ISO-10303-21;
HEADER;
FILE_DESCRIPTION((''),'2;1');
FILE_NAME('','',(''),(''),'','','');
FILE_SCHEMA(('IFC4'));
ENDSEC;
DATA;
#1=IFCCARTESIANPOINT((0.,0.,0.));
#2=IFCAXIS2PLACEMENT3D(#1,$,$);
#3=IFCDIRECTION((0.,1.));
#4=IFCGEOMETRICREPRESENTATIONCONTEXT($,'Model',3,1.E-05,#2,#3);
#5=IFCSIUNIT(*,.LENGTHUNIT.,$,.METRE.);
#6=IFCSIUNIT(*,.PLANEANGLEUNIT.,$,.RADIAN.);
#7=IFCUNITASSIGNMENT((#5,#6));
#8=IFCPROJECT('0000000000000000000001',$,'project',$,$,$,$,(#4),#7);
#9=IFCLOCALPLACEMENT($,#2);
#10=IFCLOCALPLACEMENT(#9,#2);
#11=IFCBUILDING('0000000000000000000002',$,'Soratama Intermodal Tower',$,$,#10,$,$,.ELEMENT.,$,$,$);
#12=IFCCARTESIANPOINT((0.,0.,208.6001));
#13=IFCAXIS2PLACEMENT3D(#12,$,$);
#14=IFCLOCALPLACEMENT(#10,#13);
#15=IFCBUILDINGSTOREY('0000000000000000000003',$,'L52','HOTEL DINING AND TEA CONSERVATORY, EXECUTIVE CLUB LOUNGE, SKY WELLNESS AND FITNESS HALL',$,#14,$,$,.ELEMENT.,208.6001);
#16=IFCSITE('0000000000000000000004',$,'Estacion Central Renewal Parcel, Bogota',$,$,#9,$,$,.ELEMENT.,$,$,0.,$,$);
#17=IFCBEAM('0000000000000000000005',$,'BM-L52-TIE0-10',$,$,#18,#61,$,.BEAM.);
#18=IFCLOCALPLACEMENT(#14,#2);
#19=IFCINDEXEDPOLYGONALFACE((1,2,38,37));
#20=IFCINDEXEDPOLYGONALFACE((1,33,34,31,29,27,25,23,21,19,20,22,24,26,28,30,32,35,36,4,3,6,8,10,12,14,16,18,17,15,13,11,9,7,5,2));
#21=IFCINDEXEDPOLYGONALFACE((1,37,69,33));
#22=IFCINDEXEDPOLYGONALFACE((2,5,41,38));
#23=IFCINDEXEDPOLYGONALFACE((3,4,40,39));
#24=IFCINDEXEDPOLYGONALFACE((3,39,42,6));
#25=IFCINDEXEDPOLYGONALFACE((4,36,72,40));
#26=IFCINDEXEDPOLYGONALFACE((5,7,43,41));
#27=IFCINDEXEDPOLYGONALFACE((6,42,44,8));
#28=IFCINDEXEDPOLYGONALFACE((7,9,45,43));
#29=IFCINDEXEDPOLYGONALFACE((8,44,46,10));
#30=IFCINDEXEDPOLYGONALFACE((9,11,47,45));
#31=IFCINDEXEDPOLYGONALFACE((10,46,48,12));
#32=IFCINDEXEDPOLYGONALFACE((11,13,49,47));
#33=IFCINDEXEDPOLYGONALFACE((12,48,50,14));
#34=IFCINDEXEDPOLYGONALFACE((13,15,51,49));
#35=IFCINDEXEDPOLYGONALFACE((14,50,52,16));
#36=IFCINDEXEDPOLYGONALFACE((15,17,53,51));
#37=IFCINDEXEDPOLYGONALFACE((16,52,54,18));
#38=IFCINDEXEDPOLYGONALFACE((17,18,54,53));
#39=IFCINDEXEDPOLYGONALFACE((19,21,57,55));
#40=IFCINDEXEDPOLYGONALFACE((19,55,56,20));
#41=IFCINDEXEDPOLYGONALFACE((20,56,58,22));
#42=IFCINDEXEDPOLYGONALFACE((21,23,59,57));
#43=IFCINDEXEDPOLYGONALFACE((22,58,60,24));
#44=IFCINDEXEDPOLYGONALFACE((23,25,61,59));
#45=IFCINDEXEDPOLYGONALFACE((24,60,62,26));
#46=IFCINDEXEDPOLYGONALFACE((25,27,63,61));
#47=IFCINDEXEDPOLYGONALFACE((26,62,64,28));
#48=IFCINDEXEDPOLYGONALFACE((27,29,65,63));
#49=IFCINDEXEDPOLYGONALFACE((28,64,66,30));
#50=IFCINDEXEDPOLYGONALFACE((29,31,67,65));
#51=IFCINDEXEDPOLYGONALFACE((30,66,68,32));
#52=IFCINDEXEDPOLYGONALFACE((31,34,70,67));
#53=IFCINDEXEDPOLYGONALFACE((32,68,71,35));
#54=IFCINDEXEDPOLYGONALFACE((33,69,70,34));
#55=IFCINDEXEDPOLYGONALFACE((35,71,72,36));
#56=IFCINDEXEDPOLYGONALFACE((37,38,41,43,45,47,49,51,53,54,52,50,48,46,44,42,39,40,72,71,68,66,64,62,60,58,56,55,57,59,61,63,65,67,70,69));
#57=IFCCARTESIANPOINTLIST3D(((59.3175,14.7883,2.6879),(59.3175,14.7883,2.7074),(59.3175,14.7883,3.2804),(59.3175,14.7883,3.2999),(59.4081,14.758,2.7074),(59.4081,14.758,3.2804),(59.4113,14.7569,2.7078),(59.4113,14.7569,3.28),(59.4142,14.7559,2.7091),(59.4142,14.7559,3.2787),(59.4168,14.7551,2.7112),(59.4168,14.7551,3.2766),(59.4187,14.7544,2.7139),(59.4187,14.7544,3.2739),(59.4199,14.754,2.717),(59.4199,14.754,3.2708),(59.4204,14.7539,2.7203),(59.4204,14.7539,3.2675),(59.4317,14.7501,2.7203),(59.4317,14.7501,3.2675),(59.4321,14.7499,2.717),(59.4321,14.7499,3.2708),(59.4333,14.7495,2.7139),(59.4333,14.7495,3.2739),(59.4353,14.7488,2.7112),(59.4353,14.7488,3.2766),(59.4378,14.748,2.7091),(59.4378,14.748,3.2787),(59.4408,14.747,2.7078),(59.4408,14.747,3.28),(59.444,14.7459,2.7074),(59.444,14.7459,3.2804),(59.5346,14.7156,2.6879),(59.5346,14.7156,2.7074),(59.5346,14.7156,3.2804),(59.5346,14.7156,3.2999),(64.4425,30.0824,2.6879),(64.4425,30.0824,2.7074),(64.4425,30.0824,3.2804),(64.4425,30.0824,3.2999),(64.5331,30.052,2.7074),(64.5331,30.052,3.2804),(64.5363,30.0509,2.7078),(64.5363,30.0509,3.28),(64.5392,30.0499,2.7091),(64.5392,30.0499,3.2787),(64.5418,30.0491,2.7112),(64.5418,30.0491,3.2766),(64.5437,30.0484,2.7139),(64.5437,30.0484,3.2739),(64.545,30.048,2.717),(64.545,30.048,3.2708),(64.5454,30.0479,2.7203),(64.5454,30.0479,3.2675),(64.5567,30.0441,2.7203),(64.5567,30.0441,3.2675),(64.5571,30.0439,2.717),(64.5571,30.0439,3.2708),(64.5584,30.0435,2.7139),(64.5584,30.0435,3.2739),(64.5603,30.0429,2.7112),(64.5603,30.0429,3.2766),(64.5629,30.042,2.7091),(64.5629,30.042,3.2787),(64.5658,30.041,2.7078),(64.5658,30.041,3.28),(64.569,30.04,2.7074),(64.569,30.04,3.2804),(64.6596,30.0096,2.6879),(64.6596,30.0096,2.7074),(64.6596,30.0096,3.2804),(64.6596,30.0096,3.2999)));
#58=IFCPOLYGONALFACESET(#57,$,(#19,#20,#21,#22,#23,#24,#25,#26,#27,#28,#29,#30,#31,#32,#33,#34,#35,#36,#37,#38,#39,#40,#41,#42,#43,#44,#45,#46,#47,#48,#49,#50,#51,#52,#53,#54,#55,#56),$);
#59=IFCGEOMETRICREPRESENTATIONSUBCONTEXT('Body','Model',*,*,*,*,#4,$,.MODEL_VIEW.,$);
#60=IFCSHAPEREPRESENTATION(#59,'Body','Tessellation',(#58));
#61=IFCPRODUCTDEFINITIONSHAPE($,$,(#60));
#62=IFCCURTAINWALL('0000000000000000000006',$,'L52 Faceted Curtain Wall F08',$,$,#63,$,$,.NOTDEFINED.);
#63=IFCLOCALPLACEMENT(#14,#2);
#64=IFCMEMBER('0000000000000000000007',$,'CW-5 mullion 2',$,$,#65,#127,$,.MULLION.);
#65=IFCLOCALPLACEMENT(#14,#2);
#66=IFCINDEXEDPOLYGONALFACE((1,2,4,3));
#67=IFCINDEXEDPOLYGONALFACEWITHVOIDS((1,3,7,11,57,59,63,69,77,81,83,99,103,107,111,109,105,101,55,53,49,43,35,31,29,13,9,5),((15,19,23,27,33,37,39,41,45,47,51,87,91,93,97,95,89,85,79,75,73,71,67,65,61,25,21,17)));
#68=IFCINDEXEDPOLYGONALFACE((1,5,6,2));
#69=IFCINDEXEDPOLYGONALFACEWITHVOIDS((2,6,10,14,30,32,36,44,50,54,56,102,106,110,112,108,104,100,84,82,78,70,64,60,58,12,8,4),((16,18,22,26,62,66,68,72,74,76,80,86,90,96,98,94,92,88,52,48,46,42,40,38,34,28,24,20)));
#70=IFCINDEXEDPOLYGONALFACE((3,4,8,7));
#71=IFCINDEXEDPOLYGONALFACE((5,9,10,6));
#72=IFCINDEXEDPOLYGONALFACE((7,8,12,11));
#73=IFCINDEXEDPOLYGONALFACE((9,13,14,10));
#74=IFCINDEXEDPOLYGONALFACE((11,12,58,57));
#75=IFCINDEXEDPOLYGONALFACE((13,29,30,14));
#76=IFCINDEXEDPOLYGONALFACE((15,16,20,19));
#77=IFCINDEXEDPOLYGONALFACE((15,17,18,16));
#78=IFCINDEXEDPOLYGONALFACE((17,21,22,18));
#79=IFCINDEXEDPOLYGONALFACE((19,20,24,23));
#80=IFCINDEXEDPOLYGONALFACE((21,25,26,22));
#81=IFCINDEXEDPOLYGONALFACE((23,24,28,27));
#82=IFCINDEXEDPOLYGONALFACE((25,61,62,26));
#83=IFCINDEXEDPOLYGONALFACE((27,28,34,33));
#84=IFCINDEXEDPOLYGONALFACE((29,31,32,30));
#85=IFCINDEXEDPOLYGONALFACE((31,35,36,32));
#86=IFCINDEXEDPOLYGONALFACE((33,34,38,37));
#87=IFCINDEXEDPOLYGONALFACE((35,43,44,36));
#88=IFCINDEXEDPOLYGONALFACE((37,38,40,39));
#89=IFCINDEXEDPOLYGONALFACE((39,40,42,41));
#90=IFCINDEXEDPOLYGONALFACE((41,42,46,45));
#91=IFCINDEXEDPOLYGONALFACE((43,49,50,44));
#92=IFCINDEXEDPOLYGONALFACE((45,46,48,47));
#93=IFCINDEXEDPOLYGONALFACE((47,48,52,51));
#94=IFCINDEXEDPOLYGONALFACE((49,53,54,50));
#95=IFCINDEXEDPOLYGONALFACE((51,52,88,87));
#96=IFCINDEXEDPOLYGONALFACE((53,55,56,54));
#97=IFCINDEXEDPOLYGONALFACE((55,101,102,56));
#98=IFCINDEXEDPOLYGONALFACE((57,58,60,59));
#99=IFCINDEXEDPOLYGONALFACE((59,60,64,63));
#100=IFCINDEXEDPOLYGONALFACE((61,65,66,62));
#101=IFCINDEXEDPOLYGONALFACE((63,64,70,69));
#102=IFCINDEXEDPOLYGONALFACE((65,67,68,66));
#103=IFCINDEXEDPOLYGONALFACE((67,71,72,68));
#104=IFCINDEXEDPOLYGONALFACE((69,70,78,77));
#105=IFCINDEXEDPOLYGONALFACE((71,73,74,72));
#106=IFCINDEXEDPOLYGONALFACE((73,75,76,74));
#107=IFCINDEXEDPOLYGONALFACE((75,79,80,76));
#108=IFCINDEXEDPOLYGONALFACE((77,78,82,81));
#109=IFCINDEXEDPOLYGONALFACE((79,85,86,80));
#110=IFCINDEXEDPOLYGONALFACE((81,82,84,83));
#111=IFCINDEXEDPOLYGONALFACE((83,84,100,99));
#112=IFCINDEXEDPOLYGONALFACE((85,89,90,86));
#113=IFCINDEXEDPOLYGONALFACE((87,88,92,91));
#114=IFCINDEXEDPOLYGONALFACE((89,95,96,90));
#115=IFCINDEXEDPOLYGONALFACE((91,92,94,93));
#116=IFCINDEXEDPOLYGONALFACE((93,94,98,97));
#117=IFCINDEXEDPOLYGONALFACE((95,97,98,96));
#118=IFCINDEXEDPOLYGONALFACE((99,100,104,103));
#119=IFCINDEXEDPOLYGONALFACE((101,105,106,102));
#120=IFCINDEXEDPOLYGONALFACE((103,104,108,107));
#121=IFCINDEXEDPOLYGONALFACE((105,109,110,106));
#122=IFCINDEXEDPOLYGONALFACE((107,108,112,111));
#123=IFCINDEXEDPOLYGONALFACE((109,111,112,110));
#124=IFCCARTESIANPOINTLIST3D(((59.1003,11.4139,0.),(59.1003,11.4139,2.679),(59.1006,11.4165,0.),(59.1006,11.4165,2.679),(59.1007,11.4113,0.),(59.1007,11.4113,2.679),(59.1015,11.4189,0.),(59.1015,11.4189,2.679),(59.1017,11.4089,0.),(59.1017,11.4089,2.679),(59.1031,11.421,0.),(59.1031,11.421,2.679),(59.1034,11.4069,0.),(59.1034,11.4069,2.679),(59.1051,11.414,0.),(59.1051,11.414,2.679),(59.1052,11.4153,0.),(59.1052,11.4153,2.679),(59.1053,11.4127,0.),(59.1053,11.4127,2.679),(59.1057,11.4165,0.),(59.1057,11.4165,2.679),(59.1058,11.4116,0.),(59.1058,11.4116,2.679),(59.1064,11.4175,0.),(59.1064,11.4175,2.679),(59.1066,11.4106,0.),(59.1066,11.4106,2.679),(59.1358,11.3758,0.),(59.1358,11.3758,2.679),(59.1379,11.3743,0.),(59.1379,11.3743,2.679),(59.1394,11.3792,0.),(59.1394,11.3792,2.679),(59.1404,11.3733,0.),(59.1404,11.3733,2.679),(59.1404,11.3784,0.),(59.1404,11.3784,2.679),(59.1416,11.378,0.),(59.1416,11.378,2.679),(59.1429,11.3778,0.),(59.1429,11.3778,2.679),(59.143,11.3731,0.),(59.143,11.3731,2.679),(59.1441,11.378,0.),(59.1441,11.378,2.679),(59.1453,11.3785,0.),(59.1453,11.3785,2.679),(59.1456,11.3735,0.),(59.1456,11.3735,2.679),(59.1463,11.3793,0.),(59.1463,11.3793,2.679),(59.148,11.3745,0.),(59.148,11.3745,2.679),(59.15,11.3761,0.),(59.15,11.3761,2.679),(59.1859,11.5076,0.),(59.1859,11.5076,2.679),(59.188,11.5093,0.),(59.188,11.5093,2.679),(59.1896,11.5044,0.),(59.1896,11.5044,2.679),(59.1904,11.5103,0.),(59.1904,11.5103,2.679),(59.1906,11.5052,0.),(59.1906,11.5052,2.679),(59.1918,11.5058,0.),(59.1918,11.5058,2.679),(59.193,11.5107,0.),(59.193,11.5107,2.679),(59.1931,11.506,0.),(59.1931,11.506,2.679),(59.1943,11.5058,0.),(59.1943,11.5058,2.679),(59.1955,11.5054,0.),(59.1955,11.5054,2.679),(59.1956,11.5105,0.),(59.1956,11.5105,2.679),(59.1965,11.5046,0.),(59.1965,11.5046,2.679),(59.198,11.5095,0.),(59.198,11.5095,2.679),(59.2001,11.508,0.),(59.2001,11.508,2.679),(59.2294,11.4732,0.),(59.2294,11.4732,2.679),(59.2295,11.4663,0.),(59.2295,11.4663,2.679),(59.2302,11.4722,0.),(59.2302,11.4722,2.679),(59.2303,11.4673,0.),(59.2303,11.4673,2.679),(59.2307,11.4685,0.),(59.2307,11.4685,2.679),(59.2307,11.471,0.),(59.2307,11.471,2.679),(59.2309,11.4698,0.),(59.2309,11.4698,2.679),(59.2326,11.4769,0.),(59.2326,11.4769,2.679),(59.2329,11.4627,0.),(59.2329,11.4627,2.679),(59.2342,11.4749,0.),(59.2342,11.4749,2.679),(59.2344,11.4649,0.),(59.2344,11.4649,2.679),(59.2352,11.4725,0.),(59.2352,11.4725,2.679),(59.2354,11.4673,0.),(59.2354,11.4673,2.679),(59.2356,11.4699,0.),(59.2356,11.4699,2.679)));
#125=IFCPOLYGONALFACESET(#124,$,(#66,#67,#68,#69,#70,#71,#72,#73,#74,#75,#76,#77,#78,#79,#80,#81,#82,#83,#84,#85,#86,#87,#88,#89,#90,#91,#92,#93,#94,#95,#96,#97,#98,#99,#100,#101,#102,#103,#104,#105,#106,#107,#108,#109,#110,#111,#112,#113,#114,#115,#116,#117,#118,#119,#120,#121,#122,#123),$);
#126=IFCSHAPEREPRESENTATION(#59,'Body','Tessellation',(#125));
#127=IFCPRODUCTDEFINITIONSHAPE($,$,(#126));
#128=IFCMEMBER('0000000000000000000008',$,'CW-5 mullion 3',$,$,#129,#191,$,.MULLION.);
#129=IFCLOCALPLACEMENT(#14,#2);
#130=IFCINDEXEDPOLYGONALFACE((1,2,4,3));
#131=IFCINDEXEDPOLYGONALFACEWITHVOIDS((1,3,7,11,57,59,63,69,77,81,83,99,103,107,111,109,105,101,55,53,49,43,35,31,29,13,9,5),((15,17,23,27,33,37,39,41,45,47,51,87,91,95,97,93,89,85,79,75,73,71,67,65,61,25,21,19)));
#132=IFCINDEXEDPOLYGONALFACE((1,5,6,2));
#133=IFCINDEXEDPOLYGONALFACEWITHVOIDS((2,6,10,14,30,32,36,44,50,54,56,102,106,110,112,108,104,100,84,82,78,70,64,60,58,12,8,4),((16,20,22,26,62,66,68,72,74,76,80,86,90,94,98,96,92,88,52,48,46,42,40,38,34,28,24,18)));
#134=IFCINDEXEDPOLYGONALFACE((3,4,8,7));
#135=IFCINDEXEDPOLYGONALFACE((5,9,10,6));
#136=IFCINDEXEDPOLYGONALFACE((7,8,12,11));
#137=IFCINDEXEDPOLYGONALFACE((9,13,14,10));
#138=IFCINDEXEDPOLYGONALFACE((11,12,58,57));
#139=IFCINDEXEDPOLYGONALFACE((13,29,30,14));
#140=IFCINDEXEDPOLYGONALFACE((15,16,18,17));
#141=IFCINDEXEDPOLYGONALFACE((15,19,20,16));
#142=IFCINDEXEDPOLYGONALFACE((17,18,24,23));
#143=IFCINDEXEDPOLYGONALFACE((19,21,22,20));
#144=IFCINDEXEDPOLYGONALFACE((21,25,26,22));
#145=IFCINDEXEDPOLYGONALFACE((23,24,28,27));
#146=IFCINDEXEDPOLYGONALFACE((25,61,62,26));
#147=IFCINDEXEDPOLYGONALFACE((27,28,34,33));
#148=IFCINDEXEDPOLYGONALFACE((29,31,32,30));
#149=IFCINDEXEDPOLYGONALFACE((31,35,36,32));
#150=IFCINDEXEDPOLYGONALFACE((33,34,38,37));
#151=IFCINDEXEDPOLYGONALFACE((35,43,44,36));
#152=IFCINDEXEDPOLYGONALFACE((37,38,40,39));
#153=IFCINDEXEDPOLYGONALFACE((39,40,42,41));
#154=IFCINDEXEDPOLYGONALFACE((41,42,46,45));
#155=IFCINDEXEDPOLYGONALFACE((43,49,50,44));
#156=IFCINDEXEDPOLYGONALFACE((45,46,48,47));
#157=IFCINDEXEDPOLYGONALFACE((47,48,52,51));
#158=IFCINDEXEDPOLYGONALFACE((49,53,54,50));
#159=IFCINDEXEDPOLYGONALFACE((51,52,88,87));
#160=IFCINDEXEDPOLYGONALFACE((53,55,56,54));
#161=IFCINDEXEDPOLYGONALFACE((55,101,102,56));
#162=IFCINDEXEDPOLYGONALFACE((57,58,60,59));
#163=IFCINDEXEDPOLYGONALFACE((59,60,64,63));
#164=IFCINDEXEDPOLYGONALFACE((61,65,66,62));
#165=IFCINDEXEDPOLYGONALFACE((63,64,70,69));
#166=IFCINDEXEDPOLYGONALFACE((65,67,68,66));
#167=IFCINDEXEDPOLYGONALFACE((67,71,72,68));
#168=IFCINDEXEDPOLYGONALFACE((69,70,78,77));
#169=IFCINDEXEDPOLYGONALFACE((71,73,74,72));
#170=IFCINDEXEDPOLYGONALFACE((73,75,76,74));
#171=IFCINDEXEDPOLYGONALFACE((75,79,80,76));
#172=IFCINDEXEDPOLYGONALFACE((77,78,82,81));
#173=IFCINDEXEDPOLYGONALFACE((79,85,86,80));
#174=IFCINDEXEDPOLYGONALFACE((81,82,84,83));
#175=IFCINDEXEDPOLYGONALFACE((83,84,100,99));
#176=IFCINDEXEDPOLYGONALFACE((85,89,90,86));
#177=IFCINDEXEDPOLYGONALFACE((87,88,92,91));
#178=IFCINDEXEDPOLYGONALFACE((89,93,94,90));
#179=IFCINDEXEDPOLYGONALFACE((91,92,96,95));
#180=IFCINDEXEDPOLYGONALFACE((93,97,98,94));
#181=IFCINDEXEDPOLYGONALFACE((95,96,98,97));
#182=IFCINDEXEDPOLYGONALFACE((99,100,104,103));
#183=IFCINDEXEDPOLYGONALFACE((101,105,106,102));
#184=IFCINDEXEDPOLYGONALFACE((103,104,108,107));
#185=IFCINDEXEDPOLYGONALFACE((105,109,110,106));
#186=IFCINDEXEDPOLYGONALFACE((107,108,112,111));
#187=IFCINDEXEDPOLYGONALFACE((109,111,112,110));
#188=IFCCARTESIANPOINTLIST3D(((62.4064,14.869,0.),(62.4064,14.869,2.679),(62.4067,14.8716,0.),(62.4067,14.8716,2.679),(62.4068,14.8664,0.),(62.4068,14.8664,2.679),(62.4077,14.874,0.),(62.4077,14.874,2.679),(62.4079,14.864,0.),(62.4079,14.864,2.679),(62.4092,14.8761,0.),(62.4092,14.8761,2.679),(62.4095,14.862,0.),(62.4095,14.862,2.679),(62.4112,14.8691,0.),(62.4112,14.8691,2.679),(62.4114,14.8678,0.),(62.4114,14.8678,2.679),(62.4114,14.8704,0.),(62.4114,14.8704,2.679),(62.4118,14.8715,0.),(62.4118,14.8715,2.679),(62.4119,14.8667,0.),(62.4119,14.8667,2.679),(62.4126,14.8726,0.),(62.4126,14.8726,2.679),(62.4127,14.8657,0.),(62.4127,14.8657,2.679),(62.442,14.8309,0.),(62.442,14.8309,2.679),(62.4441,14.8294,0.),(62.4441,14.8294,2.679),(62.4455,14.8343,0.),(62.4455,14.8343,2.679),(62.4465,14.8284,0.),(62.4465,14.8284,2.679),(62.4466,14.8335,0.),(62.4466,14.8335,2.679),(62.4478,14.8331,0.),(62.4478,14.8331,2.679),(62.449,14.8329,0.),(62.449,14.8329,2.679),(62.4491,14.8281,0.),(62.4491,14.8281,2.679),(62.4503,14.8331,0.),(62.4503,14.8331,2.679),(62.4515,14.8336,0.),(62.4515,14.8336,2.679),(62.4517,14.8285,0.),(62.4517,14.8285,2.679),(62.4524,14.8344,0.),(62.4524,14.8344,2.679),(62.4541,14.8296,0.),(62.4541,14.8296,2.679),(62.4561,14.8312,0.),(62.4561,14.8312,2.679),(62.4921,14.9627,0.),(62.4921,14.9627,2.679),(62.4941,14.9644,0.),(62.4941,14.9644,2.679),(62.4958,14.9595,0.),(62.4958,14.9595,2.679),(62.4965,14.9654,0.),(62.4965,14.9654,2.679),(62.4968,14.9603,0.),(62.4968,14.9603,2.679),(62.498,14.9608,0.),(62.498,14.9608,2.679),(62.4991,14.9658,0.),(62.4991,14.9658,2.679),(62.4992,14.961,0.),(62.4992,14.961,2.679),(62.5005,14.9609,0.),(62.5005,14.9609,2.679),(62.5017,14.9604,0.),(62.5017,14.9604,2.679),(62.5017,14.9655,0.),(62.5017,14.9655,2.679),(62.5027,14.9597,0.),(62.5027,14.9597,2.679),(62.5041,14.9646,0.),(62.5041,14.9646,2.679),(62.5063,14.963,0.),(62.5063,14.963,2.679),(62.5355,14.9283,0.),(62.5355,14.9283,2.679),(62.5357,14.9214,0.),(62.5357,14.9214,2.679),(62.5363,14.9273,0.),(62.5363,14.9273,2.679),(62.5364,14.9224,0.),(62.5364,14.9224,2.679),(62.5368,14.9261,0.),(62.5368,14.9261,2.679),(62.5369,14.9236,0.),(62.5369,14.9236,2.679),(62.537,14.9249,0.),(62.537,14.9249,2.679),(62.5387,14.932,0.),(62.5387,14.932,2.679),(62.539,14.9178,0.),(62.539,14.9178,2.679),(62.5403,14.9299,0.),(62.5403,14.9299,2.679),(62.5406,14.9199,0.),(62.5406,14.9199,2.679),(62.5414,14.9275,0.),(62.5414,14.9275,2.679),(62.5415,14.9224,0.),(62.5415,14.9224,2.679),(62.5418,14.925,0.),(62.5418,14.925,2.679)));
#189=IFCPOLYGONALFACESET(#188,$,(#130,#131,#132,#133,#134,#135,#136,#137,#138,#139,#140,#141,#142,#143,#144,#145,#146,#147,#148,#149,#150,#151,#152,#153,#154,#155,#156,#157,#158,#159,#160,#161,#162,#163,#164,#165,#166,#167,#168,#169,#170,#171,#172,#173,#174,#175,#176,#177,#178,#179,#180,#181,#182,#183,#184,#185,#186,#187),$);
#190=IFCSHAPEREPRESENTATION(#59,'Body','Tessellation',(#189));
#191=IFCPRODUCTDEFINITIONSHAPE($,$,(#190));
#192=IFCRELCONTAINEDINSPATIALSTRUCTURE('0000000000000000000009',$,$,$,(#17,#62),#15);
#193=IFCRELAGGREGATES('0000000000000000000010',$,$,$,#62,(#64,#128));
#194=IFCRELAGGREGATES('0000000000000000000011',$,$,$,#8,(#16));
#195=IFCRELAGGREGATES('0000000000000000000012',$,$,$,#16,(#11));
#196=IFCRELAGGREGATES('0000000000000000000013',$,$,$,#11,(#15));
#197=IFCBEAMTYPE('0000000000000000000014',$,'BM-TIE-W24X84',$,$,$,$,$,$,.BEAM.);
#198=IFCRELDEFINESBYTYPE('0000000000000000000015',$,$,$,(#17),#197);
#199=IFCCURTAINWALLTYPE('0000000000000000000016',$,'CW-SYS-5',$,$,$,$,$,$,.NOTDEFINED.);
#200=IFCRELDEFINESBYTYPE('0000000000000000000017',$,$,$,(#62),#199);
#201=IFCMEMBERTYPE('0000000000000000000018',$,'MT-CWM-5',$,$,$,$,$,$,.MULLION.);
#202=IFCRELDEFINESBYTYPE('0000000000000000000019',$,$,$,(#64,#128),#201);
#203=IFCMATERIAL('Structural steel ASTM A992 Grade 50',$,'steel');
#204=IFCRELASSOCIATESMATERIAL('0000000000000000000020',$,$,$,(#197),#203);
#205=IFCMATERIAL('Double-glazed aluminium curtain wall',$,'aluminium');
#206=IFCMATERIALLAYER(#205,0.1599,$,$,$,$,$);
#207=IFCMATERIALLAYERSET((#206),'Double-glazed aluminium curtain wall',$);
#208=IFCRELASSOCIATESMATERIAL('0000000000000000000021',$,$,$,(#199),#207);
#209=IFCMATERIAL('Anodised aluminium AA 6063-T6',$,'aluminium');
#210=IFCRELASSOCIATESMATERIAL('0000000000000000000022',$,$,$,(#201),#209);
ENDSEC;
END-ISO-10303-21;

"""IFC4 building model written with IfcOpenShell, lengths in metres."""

from ifc_helpers import new_model, si_unit, direction, frame, origin, origin_2d, place, context, subcontext, project, spatial, hollow_rectangle, i_section, extrude, material, layer, layer_set, material_profile, profile_set, type_object, element, aggregate, save


model = new_model("IFC4")

# Units and contexts
model_context = context("Model", 3, precision=1e-05, world=origin(), true_north=direction((0.0, 1.0)))
body_context = subcontext(model_context, "Body", "Model", "MODEL_VIEW")
ifc_project = project(units=[si_unit("LENGTHUNIT", "METRE"), si_unit("PLANEANGLEUNIT", "RADIAN")], contexts=[model_context])

# Site, building, storey
site_placement = place(None, origin())
site = spatial("IfcSite", under=ifc_project, at=site_placement, Name="Estacion Central Renewal Parcel, Bogota", CompositionType="ELEMENT", RefElevation=0.0)
building_placement = place(site_placement, origin())
building = spatial("IfcBuilding", under=site, at=building_placement, Name="Soratama Intermodal Tower", CompositionType="ELEMENT")
storey_placement = place(building_placement, frame((0.0, 0.0, 208.6001)))
storey = spatial("IfcBuildingStorey", under=building, at=storey_placement, Name="L52", Description="HOTEL DINING AND TEA CONSERVATORY, EXECUTIVE CLUB LOUNGE, SKY WELLNESS AND FITNESS HALL", CompositionType="ELEMENT", Elevation=208.6001)

# Beam
ifc_material_1 = material(Name="Structural steel ASTM A992 Grade 50", Category="steel")
ifc_material_profile_1 = material_profile(ifc_material_1, i_section(OverallWidth=0.229, OverallDepth=0.6121, WebThickness=0.012, FlangeThickness=0.0195, FilletRadius=0.0129, at=origin_2d()), Name="W24X84")
ifc_profile_set_1 = profile_set([ifc_material_profile_1], Name="Structural steel ASTM A992 Grade 50")
beam_type_1 = type_object("IfcBeamType", Name="BM-TIE-W24X84", PredefinedType="BEAM", material=ifc_profile_set_1)
beam_1_placement = place(storey_placement, frame((59.426, 14.752, 2.9939), z_axis=(0.317735, 0.94818, 0.0), x_axis=(-0.94818, 0.317735, 0.0)))
element("IfcBeam", 1, at=beam_1_placement, inside=storey, type_object=beam_type_1, Name="BM-L52-TIE0-10", PredefinedType="BEAM", context=body_context, shape_type="SweptSolid", body=[
    extrude(i_section(OverallWidth=0.229, OverallDepth=0.6121, WebThickness=0.012, FlangeThickness=0.0195, FilletRadius=0.0129, at=origin_2d()), origin(), (0.0, 0.0, 1.0), 16.1299),
])

# Curtain wall, members
ifc_material_2 = material(Name="Double-glazed aluminium curtain wall", Category="aluminium")
ifc_layer_1 = layer(ifc_material_2, 0.1599)
ifc_layer_set_1 = layer_set([ifc_layer_1], Name="Double-glazed aluminium curtain wall")
curtain_wall_type = type_object("IfcCurtainWallType", Name="CW-SYS-5", PredefinedType="NOTDEFINED", material=ifc_layer_set_1)
curtain_wall_placement = place(storey_placement, origin())
curtain_wall = element("IfcCurtainWall", 2, at=curtain_wall_placement, inside=storey, type_object=curtain_wall_type, Name="L52 Faceted Curtain Wall F08", PredefinedType="NOTDEFINED")
ifc_material_3 = material(Name="Anodised aluminium AA 6063-T6", Category="aluminium")
ifc_material_profile_2 = material_profile(ifc_material_3, hollow_rectangle(XDim=0.0649, YDim=0.1399, WallThickness=0.0049, InnerFilletRadius=0.0049, OuterFilletRadius=0.01, at=origin_2d()), Name="CWM140X65X5")
ifc_profile_set_2 = profile_set([ifc_material_profile_2], Name="Anodised aluminium AA 6063-T6")
member_type_1 = type_object("IfcMemberType", Name="MT-CWM-5", PredefinedType="MULLION", material=ifc_profile_set_2)
member_1_placement = place(storey_placement, frame((59.168, 11.4419, 0.0), z_axis=(0.0, 0.0, 1.0), x_axis=(-0.722485, 0.691386, 0.0)))
member_1 = element("IfcMember", 3, at=member_1_placement, type_object=member_type_1, Name="CW-5 mullion 2", PredefinedType="MULLION", context=body_context, shape_type="SweptSolid", body=[
    extrude(hollow_rectangle(XDim=0.0649, YDim=0.1399, WallThickness=0.0049, InnerFilletRadius=0.0049, OuterFilletRadius=0.01, at=origin_2d()), origin(), (0.0, 0.0, 1.0), 2.679),
])
member_2_placement = place(storey_placement, frame((62.4741, 14.897, 0.0), z_axis=(0.0, 0.0, 1.0), x_axis=(-0.722485, 0.691386, 0.0)))
member_2 = element("IfcMember", 4, at=member_2_placement, type_object=member_type_1, Name="CW-5 mullion 3", PredefinedType="MULLION", context=body_context, shape_type="SweptSolid", body=[
    extrude(hollow_rectangle(XDim=0.0649, YDim=0.1399, WallThickness=0.0049, InnerFilletRadius=0.0049, OuterFilletRadius=0.01, at=origin_2d()), origin(), (0.0, 0.0, 1.0), 2.679),
])
aggregate(curtain_wall, [member_1, member_2])

save(model, "model.ifc")
